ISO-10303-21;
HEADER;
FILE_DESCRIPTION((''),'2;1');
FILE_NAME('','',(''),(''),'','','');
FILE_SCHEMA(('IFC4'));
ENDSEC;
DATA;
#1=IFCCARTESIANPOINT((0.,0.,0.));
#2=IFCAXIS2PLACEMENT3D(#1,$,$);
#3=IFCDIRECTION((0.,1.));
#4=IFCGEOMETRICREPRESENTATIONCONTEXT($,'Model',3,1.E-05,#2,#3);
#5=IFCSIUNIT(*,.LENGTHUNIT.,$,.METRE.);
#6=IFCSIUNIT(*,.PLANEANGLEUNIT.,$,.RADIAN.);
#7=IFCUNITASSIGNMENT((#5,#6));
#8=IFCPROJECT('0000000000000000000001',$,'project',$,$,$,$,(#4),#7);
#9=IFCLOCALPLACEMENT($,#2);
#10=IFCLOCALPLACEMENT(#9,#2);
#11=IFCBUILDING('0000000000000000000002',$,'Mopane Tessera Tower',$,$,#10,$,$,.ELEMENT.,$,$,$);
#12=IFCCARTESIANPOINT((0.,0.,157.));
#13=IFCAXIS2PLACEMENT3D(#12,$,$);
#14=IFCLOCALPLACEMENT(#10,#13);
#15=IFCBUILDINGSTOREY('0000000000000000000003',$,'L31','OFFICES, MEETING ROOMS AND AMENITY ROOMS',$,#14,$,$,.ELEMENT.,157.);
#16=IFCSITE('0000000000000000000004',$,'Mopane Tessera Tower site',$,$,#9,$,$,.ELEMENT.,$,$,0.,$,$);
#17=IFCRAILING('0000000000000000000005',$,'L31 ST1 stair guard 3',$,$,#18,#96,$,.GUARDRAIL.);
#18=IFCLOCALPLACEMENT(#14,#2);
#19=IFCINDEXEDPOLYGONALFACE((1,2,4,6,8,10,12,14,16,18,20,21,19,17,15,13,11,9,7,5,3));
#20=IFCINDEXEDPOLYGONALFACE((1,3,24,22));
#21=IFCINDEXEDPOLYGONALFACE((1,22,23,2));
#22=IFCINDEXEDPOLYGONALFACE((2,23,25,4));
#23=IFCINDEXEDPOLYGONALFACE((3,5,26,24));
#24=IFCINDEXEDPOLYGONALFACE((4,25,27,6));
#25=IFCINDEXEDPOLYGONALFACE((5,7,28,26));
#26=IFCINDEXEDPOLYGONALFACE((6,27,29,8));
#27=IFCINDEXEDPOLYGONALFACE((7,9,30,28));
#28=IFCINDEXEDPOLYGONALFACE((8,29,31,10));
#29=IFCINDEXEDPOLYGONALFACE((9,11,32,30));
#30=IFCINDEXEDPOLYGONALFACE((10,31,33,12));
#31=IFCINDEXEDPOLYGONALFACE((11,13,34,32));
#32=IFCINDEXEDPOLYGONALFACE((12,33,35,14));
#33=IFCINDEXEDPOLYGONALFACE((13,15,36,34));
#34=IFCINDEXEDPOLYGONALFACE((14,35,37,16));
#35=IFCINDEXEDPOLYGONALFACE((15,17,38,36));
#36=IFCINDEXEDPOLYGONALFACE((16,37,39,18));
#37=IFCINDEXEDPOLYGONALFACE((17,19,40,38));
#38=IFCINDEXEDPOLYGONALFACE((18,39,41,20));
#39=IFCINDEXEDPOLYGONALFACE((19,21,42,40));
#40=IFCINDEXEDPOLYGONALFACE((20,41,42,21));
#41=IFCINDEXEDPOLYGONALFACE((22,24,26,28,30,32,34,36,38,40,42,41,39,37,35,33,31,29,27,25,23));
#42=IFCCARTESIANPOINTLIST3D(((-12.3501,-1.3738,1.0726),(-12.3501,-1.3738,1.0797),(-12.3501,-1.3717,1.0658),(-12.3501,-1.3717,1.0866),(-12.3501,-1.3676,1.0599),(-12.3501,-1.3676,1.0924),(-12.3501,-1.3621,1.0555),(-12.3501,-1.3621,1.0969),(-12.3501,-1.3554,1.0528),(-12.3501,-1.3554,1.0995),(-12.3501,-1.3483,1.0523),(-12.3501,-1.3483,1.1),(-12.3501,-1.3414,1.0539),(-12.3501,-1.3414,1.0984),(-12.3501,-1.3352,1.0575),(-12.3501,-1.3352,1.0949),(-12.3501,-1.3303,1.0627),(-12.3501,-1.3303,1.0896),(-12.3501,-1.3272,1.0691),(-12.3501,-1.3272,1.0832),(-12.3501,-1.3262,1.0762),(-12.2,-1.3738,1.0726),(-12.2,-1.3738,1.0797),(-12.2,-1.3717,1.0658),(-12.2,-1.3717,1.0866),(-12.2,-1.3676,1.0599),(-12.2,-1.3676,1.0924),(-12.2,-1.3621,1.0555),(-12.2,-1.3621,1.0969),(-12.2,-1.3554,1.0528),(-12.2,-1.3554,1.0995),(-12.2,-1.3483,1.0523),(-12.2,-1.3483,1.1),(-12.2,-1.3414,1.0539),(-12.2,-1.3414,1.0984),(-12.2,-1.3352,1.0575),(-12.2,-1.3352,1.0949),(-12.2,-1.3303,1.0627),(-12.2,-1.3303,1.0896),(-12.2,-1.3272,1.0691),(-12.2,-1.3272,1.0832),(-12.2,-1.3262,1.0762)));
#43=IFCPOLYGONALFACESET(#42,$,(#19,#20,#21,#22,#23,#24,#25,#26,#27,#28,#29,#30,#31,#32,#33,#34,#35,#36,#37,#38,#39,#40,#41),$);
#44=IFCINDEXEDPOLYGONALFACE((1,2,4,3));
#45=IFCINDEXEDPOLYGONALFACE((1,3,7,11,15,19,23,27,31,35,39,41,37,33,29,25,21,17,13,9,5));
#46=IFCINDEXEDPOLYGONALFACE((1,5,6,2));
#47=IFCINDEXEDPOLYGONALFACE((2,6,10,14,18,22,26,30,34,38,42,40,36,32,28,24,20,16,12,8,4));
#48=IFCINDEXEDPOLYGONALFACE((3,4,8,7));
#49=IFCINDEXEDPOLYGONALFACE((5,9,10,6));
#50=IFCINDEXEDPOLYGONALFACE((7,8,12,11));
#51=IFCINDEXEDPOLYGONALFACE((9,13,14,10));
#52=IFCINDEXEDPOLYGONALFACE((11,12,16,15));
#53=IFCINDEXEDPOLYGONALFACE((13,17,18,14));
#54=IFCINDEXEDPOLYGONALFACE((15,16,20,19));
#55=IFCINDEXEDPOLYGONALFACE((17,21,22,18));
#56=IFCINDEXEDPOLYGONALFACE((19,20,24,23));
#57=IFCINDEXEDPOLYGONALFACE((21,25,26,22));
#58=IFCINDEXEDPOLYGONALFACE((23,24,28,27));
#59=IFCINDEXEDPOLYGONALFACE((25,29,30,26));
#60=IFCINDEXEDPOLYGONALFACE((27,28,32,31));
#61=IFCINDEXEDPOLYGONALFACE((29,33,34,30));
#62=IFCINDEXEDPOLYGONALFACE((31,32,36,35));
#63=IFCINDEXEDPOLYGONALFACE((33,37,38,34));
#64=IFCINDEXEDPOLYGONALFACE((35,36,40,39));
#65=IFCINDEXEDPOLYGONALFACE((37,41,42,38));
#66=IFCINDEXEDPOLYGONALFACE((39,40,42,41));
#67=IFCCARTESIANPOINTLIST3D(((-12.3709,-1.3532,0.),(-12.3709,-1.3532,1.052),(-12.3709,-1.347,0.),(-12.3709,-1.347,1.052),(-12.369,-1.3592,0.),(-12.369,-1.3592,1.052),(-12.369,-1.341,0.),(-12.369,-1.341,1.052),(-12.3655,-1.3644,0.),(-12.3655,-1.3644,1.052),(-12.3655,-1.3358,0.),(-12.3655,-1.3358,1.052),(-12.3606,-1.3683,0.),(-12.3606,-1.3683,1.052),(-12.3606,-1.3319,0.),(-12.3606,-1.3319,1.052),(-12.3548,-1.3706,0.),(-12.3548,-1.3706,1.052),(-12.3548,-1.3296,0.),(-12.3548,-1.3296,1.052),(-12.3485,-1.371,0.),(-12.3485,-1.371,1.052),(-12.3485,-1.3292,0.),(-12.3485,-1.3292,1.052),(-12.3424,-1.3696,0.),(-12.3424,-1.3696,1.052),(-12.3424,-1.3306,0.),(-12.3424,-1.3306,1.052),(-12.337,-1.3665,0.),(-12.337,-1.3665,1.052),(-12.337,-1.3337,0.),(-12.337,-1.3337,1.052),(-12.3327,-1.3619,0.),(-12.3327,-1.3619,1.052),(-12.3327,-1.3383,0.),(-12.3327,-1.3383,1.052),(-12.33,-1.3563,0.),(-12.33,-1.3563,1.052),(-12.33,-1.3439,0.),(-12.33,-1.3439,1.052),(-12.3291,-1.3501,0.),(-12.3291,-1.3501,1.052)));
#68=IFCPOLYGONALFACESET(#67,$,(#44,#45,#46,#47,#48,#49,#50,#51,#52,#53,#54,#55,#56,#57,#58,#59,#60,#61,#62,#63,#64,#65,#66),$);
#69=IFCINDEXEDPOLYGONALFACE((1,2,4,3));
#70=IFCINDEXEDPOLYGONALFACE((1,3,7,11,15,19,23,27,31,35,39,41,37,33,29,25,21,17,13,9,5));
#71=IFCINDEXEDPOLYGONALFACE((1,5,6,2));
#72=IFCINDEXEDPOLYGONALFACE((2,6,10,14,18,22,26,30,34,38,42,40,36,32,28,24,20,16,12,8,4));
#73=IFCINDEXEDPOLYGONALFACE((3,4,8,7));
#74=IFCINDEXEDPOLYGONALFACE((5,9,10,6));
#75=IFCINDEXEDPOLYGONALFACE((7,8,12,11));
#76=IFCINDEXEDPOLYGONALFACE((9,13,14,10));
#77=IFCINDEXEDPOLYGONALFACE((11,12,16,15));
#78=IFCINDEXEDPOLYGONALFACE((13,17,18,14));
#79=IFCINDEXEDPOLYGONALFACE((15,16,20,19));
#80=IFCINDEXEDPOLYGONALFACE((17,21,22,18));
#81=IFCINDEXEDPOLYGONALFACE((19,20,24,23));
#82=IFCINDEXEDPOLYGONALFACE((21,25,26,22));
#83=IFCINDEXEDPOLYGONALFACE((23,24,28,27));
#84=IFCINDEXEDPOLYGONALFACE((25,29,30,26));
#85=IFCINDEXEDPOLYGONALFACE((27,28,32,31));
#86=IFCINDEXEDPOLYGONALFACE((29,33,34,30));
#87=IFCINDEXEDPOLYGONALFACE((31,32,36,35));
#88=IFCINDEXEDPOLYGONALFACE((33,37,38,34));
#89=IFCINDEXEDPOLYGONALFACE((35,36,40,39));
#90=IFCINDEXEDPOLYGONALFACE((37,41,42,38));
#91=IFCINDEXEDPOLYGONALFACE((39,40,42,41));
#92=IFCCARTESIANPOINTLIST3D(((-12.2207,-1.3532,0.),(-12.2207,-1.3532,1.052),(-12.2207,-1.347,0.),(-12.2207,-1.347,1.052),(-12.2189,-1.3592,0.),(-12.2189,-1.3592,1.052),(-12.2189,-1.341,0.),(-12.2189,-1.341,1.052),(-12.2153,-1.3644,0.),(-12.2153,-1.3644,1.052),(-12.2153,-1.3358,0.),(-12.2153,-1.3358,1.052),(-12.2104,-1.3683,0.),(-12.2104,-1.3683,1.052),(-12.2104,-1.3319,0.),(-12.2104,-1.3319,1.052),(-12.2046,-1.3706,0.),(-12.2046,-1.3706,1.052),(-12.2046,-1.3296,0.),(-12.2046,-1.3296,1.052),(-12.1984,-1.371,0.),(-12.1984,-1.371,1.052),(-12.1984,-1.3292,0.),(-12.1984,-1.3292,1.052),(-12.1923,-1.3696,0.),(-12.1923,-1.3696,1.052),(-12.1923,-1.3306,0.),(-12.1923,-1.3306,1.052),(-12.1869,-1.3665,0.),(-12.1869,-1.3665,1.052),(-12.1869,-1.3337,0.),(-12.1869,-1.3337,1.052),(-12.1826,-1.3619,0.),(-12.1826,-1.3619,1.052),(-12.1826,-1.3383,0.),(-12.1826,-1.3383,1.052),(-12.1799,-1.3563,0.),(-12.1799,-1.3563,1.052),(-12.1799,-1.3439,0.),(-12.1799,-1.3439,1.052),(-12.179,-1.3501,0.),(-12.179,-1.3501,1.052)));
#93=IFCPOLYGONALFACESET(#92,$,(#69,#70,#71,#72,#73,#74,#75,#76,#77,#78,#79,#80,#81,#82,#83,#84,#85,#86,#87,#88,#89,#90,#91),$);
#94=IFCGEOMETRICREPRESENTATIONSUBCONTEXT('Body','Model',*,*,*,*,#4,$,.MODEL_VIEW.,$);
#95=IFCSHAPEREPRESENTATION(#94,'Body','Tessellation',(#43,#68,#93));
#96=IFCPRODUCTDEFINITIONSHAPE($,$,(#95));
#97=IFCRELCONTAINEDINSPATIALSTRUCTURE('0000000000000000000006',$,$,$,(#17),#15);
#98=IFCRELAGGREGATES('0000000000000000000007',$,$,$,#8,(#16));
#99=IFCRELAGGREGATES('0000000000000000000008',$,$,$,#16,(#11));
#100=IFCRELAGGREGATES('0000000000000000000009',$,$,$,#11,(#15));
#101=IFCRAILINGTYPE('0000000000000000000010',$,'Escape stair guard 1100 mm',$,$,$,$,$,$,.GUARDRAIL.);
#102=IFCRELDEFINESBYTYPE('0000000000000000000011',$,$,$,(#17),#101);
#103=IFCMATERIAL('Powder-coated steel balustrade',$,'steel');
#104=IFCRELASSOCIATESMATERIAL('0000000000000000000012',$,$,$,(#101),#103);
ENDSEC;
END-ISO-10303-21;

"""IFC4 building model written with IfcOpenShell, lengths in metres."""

from ifc_helpers import new_model, si_unit, direction, frame, origin, origin_2d, place, context, subcontext, project, spatial, circle, extrude, material, type_object, element, save


model = new_model("IFC4")

# Units and contexts
model_context = context("Model", 3, precision=1e-05, world=origin(), true_north=direction((0.0, 1.0)))
body_context = subcontext(model_context, "Body", "Model", "MODEL_VIEW")
ifc_project = project(units=[si_unit("LENGTHUNIT", "METRE"), si_unit("PLANEANGLEUNIT", "RADIAN")], contexts=[model_context])

# Site, building, storey
site_placement = place(None, origin())
site = spatial("IfcSite", under=ifc_project, at=site_placement, Name="Mopane Tessera Tower site", CompositionType="ELEMENT", RefElevation=0.0)
building_placement = place(site_placement, origin())
building = spatial("IfcBuilding", under=site, at=building_placement, Name="Mopane Tessera Tower", CompositionType="ELEMENT")
storey_placement = place(building_placement, frame((0.0, 0.0, 157.0)))
storey = spatial("IfcBuildingStorey", under=building, at=storey_placement, Name="L31", Description="OFFICES, MEETING ROOMS AND AMENITY ROOMS", CompositionType="ELEMENT", Elevation=157.0)

# Railing
ifc_material_1 = material(Name="Powder-coated steel balustrade", Category="steel")
railing_type_1 = type_object("IfcRailingType", Name="Escape stair guard 1100 mm", PredefinedType="GUARDRAIL", material=ifc_material_1)
railing_1_placement = place(storey_placement, frame((-12.3501, -1.3501, 0.0)))
element("IfcRailing", 1, at=railing_1_placement, inside=storey, type_object=railing_type_1, Name="L31 ST1 stair guard 3", PredefinedType="GUARDRAIL", context=body_context, shape_type="SweptSolid", body=[
    extrude(circle(Radius=0.0239, at=origin_2d()), frame((0.0, 0.0, 1.0762), z_axis=(1.0, 0.0, 0.0), x_axis=(0.0, 1.0, 0.0)), (0.0, 0.0, 1.0), 0.1501),
    extrude(circle(Radius=0.021, at=origin_2d()), origin(), (0.0, 0.0, 1.0), 1.052),
    extrude(circle(Radius=0.021, at=origin_2d()), frame((0.1501, 0.0, 0.0)), (0.0, 0.0, 1.0), 1.052),
])

save(model, "model.ifc")
